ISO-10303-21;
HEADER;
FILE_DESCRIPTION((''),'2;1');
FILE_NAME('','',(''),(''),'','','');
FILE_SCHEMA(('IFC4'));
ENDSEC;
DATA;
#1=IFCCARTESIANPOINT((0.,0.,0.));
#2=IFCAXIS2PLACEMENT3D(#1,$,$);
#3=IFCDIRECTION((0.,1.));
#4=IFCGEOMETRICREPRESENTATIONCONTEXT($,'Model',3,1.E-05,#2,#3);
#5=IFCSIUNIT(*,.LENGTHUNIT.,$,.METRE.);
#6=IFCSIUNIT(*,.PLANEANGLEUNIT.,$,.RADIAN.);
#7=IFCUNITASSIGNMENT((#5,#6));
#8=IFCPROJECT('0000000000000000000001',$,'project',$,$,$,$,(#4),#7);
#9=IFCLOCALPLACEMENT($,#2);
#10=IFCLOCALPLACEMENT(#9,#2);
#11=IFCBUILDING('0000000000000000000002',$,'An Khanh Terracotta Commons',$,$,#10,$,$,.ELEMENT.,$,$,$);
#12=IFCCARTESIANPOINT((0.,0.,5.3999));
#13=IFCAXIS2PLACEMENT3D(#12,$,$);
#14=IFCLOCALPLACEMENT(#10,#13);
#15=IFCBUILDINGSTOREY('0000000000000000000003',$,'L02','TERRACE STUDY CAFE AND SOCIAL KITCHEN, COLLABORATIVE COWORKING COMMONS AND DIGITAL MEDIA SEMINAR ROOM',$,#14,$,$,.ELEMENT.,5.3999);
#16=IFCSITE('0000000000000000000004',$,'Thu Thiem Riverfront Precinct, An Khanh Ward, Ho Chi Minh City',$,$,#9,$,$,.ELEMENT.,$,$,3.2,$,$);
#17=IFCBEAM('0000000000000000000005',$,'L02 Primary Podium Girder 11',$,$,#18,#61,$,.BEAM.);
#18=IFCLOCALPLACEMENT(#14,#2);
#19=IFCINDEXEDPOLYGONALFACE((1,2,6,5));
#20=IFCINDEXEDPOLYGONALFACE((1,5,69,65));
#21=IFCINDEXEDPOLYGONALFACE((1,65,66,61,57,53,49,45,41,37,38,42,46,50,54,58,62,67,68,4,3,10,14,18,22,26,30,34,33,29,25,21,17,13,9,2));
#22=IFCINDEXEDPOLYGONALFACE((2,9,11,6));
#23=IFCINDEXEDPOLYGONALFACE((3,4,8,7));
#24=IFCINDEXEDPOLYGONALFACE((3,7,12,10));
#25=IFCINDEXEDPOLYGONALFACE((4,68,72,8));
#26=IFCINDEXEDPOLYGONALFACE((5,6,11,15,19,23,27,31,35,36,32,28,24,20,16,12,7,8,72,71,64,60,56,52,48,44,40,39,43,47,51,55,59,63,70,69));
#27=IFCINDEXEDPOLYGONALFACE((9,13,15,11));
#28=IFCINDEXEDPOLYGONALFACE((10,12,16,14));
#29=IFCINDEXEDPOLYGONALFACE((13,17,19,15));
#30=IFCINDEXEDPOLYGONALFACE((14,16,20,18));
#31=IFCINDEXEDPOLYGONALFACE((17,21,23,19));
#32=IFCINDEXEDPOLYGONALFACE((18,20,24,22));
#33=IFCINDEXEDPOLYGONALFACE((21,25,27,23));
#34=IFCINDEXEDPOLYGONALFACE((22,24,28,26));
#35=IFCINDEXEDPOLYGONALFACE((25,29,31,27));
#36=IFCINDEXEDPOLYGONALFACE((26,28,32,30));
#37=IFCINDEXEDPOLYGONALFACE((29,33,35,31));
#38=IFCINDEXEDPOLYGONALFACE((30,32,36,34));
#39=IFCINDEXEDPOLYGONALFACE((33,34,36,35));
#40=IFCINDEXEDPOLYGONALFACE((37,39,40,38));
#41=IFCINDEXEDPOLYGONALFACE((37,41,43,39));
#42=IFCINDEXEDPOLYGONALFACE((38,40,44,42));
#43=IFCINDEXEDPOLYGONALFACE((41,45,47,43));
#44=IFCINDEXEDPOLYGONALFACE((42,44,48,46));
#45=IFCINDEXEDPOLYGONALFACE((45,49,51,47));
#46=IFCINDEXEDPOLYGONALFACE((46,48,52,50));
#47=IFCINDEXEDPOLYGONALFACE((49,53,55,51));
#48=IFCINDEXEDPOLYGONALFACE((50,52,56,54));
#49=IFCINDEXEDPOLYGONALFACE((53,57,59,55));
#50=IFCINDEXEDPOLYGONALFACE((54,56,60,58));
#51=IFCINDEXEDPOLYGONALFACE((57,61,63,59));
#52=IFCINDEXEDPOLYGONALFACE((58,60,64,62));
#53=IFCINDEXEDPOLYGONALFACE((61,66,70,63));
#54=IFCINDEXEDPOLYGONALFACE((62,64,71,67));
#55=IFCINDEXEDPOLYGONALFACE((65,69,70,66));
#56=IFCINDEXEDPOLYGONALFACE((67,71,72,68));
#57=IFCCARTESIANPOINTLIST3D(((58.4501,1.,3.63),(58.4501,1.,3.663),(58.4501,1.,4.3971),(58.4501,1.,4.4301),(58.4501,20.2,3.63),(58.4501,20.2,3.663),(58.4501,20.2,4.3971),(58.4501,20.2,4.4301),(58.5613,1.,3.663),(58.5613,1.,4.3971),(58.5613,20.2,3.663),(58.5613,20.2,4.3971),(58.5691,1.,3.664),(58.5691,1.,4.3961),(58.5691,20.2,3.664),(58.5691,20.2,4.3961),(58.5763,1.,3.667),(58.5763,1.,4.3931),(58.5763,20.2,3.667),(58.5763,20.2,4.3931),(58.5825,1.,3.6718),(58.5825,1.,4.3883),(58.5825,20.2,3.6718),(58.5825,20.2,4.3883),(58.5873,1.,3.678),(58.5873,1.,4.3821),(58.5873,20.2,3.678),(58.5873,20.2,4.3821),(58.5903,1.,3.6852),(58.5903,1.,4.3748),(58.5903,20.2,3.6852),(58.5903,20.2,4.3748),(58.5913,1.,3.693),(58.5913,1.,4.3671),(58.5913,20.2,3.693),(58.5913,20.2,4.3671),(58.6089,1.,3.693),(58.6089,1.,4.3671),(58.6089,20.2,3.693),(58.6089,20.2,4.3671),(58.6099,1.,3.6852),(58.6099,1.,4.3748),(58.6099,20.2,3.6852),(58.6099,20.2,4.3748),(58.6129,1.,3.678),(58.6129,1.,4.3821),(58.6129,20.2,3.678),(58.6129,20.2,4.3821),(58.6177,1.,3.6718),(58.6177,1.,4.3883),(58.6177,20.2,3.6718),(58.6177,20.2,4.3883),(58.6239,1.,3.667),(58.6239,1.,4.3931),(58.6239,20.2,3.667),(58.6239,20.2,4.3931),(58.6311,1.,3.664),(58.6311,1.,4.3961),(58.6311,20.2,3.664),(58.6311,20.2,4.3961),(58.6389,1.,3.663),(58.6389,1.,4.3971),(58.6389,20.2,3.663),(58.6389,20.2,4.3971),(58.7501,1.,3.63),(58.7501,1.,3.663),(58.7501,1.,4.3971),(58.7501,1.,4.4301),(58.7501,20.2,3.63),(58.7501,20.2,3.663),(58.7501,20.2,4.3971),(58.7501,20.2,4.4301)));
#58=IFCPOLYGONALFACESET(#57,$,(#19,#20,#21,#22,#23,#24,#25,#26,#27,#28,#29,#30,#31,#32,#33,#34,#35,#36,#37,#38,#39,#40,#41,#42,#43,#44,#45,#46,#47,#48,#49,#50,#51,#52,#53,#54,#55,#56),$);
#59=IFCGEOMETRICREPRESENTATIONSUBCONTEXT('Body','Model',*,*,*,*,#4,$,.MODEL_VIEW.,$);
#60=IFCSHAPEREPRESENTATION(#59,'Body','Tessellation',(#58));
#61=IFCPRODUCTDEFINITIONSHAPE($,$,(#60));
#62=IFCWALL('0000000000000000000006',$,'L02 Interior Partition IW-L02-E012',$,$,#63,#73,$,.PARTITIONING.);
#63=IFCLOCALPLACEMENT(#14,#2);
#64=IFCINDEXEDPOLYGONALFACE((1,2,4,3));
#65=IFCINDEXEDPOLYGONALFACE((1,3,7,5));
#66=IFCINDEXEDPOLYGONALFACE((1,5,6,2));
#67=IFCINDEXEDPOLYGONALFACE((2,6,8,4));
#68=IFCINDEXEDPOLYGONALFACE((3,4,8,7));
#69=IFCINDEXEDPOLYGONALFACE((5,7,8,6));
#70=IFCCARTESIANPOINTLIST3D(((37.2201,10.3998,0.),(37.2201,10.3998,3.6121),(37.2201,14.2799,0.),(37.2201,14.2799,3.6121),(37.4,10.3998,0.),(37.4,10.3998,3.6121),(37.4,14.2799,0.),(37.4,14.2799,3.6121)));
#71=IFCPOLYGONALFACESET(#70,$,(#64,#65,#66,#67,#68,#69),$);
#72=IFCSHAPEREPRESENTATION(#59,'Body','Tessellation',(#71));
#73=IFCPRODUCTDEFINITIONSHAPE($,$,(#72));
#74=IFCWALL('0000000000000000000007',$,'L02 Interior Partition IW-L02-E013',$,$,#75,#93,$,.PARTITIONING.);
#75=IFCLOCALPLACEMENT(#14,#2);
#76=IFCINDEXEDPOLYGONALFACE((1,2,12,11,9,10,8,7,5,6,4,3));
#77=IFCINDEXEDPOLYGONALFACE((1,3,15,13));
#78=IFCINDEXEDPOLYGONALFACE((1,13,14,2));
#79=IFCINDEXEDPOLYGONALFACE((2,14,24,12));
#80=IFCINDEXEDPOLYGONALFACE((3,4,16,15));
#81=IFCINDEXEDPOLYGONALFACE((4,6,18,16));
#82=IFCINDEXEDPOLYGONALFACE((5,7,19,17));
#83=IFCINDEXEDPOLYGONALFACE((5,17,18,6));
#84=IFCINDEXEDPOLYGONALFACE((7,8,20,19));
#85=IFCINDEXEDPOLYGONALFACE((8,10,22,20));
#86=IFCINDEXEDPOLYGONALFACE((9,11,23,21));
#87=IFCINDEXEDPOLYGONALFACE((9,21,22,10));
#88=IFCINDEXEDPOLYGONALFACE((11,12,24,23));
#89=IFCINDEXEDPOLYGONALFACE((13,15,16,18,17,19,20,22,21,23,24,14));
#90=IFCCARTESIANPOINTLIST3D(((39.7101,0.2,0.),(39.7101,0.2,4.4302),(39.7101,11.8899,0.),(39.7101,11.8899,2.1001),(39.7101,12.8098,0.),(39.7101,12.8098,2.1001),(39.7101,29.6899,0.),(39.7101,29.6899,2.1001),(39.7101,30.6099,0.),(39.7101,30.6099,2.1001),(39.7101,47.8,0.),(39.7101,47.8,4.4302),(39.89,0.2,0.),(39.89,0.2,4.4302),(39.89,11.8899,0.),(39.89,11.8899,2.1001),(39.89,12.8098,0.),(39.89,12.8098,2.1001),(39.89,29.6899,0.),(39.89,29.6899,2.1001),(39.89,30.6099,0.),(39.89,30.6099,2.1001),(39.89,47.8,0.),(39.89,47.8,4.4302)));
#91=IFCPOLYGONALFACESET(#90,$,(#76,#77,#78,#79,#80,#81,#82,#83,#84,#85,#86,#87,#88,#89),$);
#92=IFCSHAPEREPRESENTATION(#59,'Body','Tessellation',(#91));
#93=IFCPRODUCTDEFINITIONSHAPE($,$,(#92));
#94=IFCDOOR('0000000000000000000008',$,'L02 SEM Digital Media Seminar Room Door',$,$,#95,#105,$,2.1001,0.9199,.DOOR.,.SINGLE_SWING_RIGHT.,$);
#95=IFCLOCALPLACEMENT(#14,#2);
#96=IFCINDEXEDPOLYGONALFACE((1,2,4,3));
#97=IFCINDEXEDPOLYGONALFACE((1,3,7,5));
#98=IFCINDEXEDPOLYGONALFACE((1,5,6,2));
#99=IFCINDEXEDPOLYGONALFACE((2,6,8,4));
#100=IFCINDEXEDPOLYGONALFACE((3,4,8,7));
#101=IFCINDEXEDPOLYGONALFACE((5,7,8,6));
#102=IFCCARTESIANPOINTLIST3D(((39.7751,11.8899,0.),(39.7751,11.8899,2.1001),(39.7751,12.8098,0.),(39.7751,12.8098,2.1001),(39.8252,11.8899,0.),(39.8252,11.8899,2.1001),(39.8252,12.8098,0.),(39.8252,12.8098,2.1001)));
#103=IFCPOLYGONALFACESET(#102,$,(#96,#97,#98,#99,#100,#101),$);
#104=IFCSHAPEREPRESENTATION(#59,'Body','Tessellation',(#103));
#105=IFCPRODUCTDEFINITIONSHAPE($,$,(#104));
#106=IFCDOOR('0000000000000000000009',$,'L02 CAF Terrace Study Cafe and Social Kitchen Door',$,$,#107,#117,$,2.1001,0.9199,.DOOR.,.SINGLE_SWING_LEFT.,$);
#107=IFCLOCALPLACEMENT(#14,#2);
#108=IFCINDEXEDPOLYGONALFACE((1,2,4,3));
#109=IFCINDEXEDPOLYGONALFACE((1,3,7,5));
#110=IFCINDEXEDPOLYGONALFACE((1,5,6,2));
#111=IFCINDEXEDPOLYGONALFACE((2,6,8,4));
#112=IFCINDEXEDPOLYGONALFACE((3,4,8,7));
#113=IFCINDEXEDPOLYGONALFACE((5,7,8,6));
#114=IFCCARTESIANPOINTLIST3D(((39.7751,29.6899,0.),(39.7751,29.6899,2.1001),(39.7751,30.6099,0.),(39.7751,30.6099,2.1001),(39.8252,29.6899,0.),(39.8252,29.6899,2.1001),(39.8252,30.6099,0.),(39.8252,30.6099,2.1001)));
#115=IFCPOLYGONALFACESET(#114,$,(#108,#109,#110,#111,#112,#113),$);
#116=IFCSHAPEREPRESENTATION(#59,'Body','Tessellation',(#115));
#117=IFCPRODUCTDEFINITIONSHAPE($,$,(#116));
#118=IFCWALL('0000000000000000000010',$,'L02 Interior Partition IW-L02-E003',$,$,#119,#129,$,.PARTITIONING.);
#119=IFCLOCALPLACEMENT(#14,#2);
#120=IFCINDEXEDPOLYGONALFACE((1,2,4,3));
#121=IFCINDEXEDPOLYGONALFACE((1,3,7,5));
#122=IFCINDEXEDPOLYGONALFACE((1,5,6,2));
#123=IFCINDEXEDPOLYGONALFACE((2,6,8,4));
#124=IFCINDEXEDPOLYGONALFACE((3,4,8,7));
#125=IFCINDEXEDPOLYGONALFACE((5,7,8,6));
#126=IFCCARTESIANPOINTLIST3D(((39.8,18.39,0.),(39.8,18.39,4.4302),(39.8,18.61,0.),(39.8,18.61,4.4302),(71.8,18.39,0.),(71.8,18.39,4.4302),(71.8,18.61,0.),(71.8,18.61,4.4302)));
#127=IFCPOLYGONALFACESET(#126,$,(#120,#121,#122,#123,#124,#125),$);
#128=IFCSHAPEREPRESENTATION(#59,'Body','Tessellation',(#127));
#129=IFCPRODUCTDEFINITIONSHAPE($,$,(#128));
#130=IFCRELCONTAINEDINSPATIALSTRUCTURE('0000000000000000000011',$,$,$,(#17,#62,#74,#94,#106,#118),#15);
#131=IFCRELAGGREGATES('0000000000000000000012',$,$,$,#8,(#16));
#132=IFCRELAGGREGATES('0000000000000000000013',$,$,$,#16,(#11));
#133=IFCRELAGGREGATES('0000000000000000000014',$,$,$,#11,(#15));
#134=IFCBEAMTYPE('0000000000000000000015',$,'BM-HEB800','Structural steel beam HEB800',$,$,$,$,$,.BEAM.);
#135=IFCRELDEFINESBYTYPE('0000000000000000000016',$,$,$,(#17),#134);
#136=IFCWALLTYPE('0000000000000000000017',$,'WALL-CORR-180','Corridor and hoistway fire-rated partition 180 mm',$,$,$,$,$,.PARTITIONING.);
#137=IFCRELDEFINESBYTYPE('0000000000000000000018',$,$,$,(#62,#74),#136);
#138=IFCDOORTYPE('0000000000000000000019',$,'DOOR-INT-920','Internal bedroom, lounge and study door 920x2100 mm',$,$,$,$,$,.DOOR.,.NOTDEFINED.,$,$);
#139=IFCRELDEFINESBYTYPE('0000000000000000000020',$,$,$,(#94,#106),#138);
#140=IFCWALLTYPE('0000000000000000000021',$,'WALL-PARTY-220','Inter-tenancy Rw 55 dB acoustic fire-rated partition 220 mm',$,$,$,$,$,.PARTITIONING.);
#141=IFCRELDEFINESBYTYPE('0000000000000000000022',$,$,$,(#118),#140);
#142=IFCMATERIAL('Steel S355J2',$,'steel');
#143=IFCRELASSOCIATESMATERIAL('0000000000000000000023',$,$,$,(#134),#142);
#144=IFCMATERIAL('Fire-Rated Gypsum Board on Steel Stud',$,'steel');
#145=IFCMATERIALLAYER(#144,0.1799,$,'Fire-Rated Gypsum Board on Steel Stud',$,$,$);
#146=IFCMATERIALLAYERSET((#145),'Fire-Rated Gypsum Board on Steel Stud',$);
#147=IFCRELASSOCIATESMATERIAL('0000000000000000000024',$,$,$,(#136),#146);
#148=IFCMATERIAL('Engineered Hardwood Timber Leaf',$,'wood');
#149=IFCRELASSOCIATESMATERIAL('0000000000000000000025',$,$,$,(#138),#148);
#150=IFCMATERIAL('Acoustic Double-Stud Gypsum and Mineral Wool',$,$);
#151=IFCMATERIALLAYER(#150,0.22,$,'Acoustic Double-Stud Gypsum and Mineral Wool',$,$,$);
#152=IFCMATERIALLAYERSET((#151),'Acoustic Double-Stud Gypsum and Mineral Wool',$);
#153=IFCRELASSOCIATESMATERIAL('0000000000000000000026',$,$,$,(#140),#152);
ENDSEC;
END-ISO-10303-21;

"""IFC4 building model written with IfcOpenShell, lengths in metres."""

from ifc_helpers import new_model, si_unit, direction, frame, frame_2d, origin, origin_2d, place, context, subcontext, project, spatial, rectangle, i_section, extrude, material, layer, layer_set, material_profile, profile_set, type_object, element, fill, save


model = new_model("IFC4")

# Units and contexts
model_context = context("Model", 3, precision=1e-05, world=origin(), true_north=direction((0.0, 1.0)))
body_context = subcontext(model_context, "Body", "Model", "MODEL_VIEW")
ifc_project = project(units=[si_unit("LENGTHUNIT", "METRE"), si_unit("PLANEANGLEUNIT", "RADIAN")], contexts=[model_context])

# Site, building, storey
site_placement = place(None, origin())
site = spatial("IfcSite", under=ifc_project, at=site_placement, Name="Thu Thiem Riverfront Precinct, An Khanh Ward, Ho Chi Minh City", CompositionType="ELEMENT", RefElevation=3.2)
building_placement = place(site_placement, origin())
building = spatial("IfcBuilding", under=site, at=building_placement, Name="An Khanh Terracotta Commons", CompositionType="ELEMENT")
storey_placement = place(building_placement, frame((0.0, 0.0, 5.3999)))
storey = spatial("IfcBuildingStorey", under=building, at=storey_placement, Name="L02", Description="TERRACE STUDY CAFE AND SOCIAL KITCHEN, COLLABORATIVE COWORKING COMMONS AND DIGITAL MEDIA SEMINAR ROOM", CompositionType="ELEMENT", Elevation=5.3999)

# Beam
ifc_material_1 = material(Name="Steel S355J2", Category="steel")
ifc_material_profile_1 = material_profile(ifc_material_1, i_section(OverallWidth=0.3, OverallDepth=0.8, WebThickness=0.0176, FlangeThickness=0.033, FilletRadius=0.03, at=origin_2d()), Name="HEB800")
ifc_profile_set_1 = profile_set([ifc_material_profile_1], Name="Steel S355J2")
beam_type_1 = type_object("IfcBeamType", Name="BM-HEB800", Description="Structural steel beam HEB800", PredefinedType="BEAM", material=ifc_profile_set_1)
beam_1_placement = place(storey_placement, frame((58.6001, 1.0, 4.03), z_axis=(0.0, 1.0, 0.0), x_axis=(-1.0, 0.0, 0.0)))
element("IfcBeam", 1, at=beam_1_placement, inside=storey, type_object=beam_type_1, Name="L02 Primary Podium Girder 11", PredefinedType="BEAM", context=body_context, shape_type="SweptSolid", body=[
    extrude(i_section(OverallWidth=0.3, OverallDepth=0.8, WebThickness=0.0176, FlangeThickness=0.033, FilletRadius=0.03, at=origin_2d()), origin(), (0.0, 0.0, 1.0), 19.2),
])

# Wall
ifc_material_2 = material(Name="Fire-Rated Gypsum Board on Steel Stud", Category="steel")
ifc_layer_1 = layer(ifc_material_2, 0.1799, Name="Fire-Rated Gypsum Board on Steel Stud")
ifc_layer_set_1 = layer_set([ifc_layer_1], Name="Fire-Rated Gypsum Board on Steel Stud")
wall_type_1 = type_object("IfcWallType", Name="WALL-CORR-180", Description="Corridor and hoistway fire-rated partition 180 mm", PredefinedType="PARTITIONING", material=ifc_layer_set_1)
wall_1_placement = place(storey_placement, frame((37.3101, 10.3999, 0.0), z_axis=(0.0, 0.0, 1.0), x_axis=(0.0, 1.0, 0.0)))
element("IfcWall", 2, at=wall_1_placement, inside=storey, type_object=wall_type_1, Name="L02 Interior Partition IW-L02-E012", PredefinedType="PARTITIONING", context=body_context, shape_type="SweptSolid", body=[
    extrude(rectangle(XDim=3.8801, YDim=0.1799, at=frame_2d((1.9399, 0.0))), origin(), (0.0, 0.0, 1.0), 3.6121),
])

# Wall, openings, doors
wall_2_placement = place(storey_placement, frame((39.8, 0.2, 0.0), z_axis=(0.0, 0.0, 1.0), x_axis=(0.0, 1.0, 0.0)))
wall_2 = element("IfcWall", 3, at=wall_2_placement, inside=storey, type_object=wall_type_1, Name="L02 Interior Partition IW-L02-E013", PredefinedType="PARTITIONING", context=body_context, shape_type="SweptSolid", body=[
    extrude(rectangle(XDim=47.6001, YDim=0.1799, at=frame_2d((23.8, 0.0))), origin(), (0.0, 0.0, 1.0), 4.4302),
])
opening_1_placement = place(wall_2_placement, frame((11.6899, 0.0, 0.0)))
opening_1 = element("IfcOpeningElement", 4, at=opening_1_placement, cuts=wall_2, PredefinedType="OPENING", context=body_context, shape_type="SweptSolid", body=[
    extrude(rectangle(XDim=0.9199, YDim=2.1001, at=frame_2d((0.46, 1.05))), frame((0.0, 0.0999, 0.0), z_axis=(0.0, -1.0, 0.0), x_axis=(1.0, 0.0, 0.0)), (0.0, 0.0, 1.0), 0.2),
])
opening_2_placement = place(wall_2_placement, frame((29.49, 0.0, 0.0)))
opening_2 = element("IfcOpeningElement", 5, at=opening_2_placement, cuts=wall_2, PredefinedType="OPENING", context=body_context, shape_type="SweptSolid", body=[
    extrude(rectangle(XDim=0.9199, YDim=2.1001, at=frame_2d((0.46, 1.05))), frame((0.0, 0.0999, 0.0), z_axis=(0.0, -1.0, 0.0), x_axis=(1.0, 0.0, 0.0)), (0.0, 0.0, 1.0), 0.2),
])
ifc_material_3 = material(Name="Engineered Hardwood Timber Leaf", Category="wood")
door_type = type_object("IfcDoorType", Name="DOOR-INT-920", Description="Internal bedroom, lounge and study door 920x2100 mm", OperationType="NOTDEFINED", PredefinedType="DOOR", material=ifc_material_3)
door_1_placement = place(opening_1_placement, origin())
door_1 = element("IfcDoor", 6, at=door_1_placement, inside=storey, type_object=door_type, Name="L02 SEM Digital Media Seminar Room Door", OperationType="SINGLE_SWING_RIGHT", OverallHeight=2.1001, OverallWidth=0.9199, PredefinedType="DOOR", context=body_context, shape_type="SweptSolid", body=[
    extrude(rectangle(XDim=0.9199, YDim=2.1001, at=frame_2d((0.46, 1.05))), frame((0.0, 0.0249, 0.0), z_axis=(0.0, -1.0, 0.0), x_axis=(1.0, 0.0, 0.0)), (0.0, 0.0, 1.0), 0.05),
])
fill(opening_1, door_1)
door_2_placement = place(opening_2_placement, origin())
door_2 = element("IfcDoor", 7, at=door_2_placement, inside=storey, type_object=door_type, Name="L02 CAF Terrace Study Cafe and Social Kitchen Door", OperationType="SINGLE_SWING_LEFT", OverallHeight=2.1001, OverallWidth=0.9199, PredefinedType="DOOR", context=body_context, shape_type="SweptSolid", body=[
    extrude(rectangle(XDim=0.9199, YDim=2.1001, at=frame_2d((0.46, 1.05))), frame((0.0, 0.0249, 0.0), z_axis=(0.0, -1.0, 0.0), x_axis=(1.0, 0.0, 0.0)), (0.0, 0.0, 1.0), 0.05),
])
fill(opening_2, door_2)

# Wall
ifc_material_4 = material(Name="Acoustic Double-Stud Gypsum and Mineral Wool")
ifc_layer_2 = layer(ifc_material_4, 0.22, Name="Acoustic Double-Stud Gypsum and Mineral Wool")
ifc_layer_set_2 = layer_set([ifc_layer_2], Name="Acoustic Double-Stud Gypsum and Mineral Wool")
wall_type_2 = type_object("IfcWallType", Name="WALL-PARTY-220", Description="Inter-tenancy Rw 55 dB acoustic fire-rated partition 220 mm", PredefinedType="PARTITIONING", material=ifc_layer_set_2)
wall_3_placement = place(storey_placement, frame((39.8, 18.5, 0.0), z_axis=(0.0, 0.0, 1.0), x_axis=(1.0, 0.0, 0.0)))
element("IfcWall", 8, at=wall_3_placement, inside=storey, type_object=wall_type_2, Name="L02 Interior Partition IW-L02-E003", PredefinedType="PARTITIONING", context=body_context, shape_type="SweptSolid", body=[
    extrude(rectangle(XDim=32.0, YDim=0.22, at=frame_2d((16.0, 0.0))), origin(), (0.0, 0.0, 1.0), 4.4302),
])

save(model, "model.ifc")
